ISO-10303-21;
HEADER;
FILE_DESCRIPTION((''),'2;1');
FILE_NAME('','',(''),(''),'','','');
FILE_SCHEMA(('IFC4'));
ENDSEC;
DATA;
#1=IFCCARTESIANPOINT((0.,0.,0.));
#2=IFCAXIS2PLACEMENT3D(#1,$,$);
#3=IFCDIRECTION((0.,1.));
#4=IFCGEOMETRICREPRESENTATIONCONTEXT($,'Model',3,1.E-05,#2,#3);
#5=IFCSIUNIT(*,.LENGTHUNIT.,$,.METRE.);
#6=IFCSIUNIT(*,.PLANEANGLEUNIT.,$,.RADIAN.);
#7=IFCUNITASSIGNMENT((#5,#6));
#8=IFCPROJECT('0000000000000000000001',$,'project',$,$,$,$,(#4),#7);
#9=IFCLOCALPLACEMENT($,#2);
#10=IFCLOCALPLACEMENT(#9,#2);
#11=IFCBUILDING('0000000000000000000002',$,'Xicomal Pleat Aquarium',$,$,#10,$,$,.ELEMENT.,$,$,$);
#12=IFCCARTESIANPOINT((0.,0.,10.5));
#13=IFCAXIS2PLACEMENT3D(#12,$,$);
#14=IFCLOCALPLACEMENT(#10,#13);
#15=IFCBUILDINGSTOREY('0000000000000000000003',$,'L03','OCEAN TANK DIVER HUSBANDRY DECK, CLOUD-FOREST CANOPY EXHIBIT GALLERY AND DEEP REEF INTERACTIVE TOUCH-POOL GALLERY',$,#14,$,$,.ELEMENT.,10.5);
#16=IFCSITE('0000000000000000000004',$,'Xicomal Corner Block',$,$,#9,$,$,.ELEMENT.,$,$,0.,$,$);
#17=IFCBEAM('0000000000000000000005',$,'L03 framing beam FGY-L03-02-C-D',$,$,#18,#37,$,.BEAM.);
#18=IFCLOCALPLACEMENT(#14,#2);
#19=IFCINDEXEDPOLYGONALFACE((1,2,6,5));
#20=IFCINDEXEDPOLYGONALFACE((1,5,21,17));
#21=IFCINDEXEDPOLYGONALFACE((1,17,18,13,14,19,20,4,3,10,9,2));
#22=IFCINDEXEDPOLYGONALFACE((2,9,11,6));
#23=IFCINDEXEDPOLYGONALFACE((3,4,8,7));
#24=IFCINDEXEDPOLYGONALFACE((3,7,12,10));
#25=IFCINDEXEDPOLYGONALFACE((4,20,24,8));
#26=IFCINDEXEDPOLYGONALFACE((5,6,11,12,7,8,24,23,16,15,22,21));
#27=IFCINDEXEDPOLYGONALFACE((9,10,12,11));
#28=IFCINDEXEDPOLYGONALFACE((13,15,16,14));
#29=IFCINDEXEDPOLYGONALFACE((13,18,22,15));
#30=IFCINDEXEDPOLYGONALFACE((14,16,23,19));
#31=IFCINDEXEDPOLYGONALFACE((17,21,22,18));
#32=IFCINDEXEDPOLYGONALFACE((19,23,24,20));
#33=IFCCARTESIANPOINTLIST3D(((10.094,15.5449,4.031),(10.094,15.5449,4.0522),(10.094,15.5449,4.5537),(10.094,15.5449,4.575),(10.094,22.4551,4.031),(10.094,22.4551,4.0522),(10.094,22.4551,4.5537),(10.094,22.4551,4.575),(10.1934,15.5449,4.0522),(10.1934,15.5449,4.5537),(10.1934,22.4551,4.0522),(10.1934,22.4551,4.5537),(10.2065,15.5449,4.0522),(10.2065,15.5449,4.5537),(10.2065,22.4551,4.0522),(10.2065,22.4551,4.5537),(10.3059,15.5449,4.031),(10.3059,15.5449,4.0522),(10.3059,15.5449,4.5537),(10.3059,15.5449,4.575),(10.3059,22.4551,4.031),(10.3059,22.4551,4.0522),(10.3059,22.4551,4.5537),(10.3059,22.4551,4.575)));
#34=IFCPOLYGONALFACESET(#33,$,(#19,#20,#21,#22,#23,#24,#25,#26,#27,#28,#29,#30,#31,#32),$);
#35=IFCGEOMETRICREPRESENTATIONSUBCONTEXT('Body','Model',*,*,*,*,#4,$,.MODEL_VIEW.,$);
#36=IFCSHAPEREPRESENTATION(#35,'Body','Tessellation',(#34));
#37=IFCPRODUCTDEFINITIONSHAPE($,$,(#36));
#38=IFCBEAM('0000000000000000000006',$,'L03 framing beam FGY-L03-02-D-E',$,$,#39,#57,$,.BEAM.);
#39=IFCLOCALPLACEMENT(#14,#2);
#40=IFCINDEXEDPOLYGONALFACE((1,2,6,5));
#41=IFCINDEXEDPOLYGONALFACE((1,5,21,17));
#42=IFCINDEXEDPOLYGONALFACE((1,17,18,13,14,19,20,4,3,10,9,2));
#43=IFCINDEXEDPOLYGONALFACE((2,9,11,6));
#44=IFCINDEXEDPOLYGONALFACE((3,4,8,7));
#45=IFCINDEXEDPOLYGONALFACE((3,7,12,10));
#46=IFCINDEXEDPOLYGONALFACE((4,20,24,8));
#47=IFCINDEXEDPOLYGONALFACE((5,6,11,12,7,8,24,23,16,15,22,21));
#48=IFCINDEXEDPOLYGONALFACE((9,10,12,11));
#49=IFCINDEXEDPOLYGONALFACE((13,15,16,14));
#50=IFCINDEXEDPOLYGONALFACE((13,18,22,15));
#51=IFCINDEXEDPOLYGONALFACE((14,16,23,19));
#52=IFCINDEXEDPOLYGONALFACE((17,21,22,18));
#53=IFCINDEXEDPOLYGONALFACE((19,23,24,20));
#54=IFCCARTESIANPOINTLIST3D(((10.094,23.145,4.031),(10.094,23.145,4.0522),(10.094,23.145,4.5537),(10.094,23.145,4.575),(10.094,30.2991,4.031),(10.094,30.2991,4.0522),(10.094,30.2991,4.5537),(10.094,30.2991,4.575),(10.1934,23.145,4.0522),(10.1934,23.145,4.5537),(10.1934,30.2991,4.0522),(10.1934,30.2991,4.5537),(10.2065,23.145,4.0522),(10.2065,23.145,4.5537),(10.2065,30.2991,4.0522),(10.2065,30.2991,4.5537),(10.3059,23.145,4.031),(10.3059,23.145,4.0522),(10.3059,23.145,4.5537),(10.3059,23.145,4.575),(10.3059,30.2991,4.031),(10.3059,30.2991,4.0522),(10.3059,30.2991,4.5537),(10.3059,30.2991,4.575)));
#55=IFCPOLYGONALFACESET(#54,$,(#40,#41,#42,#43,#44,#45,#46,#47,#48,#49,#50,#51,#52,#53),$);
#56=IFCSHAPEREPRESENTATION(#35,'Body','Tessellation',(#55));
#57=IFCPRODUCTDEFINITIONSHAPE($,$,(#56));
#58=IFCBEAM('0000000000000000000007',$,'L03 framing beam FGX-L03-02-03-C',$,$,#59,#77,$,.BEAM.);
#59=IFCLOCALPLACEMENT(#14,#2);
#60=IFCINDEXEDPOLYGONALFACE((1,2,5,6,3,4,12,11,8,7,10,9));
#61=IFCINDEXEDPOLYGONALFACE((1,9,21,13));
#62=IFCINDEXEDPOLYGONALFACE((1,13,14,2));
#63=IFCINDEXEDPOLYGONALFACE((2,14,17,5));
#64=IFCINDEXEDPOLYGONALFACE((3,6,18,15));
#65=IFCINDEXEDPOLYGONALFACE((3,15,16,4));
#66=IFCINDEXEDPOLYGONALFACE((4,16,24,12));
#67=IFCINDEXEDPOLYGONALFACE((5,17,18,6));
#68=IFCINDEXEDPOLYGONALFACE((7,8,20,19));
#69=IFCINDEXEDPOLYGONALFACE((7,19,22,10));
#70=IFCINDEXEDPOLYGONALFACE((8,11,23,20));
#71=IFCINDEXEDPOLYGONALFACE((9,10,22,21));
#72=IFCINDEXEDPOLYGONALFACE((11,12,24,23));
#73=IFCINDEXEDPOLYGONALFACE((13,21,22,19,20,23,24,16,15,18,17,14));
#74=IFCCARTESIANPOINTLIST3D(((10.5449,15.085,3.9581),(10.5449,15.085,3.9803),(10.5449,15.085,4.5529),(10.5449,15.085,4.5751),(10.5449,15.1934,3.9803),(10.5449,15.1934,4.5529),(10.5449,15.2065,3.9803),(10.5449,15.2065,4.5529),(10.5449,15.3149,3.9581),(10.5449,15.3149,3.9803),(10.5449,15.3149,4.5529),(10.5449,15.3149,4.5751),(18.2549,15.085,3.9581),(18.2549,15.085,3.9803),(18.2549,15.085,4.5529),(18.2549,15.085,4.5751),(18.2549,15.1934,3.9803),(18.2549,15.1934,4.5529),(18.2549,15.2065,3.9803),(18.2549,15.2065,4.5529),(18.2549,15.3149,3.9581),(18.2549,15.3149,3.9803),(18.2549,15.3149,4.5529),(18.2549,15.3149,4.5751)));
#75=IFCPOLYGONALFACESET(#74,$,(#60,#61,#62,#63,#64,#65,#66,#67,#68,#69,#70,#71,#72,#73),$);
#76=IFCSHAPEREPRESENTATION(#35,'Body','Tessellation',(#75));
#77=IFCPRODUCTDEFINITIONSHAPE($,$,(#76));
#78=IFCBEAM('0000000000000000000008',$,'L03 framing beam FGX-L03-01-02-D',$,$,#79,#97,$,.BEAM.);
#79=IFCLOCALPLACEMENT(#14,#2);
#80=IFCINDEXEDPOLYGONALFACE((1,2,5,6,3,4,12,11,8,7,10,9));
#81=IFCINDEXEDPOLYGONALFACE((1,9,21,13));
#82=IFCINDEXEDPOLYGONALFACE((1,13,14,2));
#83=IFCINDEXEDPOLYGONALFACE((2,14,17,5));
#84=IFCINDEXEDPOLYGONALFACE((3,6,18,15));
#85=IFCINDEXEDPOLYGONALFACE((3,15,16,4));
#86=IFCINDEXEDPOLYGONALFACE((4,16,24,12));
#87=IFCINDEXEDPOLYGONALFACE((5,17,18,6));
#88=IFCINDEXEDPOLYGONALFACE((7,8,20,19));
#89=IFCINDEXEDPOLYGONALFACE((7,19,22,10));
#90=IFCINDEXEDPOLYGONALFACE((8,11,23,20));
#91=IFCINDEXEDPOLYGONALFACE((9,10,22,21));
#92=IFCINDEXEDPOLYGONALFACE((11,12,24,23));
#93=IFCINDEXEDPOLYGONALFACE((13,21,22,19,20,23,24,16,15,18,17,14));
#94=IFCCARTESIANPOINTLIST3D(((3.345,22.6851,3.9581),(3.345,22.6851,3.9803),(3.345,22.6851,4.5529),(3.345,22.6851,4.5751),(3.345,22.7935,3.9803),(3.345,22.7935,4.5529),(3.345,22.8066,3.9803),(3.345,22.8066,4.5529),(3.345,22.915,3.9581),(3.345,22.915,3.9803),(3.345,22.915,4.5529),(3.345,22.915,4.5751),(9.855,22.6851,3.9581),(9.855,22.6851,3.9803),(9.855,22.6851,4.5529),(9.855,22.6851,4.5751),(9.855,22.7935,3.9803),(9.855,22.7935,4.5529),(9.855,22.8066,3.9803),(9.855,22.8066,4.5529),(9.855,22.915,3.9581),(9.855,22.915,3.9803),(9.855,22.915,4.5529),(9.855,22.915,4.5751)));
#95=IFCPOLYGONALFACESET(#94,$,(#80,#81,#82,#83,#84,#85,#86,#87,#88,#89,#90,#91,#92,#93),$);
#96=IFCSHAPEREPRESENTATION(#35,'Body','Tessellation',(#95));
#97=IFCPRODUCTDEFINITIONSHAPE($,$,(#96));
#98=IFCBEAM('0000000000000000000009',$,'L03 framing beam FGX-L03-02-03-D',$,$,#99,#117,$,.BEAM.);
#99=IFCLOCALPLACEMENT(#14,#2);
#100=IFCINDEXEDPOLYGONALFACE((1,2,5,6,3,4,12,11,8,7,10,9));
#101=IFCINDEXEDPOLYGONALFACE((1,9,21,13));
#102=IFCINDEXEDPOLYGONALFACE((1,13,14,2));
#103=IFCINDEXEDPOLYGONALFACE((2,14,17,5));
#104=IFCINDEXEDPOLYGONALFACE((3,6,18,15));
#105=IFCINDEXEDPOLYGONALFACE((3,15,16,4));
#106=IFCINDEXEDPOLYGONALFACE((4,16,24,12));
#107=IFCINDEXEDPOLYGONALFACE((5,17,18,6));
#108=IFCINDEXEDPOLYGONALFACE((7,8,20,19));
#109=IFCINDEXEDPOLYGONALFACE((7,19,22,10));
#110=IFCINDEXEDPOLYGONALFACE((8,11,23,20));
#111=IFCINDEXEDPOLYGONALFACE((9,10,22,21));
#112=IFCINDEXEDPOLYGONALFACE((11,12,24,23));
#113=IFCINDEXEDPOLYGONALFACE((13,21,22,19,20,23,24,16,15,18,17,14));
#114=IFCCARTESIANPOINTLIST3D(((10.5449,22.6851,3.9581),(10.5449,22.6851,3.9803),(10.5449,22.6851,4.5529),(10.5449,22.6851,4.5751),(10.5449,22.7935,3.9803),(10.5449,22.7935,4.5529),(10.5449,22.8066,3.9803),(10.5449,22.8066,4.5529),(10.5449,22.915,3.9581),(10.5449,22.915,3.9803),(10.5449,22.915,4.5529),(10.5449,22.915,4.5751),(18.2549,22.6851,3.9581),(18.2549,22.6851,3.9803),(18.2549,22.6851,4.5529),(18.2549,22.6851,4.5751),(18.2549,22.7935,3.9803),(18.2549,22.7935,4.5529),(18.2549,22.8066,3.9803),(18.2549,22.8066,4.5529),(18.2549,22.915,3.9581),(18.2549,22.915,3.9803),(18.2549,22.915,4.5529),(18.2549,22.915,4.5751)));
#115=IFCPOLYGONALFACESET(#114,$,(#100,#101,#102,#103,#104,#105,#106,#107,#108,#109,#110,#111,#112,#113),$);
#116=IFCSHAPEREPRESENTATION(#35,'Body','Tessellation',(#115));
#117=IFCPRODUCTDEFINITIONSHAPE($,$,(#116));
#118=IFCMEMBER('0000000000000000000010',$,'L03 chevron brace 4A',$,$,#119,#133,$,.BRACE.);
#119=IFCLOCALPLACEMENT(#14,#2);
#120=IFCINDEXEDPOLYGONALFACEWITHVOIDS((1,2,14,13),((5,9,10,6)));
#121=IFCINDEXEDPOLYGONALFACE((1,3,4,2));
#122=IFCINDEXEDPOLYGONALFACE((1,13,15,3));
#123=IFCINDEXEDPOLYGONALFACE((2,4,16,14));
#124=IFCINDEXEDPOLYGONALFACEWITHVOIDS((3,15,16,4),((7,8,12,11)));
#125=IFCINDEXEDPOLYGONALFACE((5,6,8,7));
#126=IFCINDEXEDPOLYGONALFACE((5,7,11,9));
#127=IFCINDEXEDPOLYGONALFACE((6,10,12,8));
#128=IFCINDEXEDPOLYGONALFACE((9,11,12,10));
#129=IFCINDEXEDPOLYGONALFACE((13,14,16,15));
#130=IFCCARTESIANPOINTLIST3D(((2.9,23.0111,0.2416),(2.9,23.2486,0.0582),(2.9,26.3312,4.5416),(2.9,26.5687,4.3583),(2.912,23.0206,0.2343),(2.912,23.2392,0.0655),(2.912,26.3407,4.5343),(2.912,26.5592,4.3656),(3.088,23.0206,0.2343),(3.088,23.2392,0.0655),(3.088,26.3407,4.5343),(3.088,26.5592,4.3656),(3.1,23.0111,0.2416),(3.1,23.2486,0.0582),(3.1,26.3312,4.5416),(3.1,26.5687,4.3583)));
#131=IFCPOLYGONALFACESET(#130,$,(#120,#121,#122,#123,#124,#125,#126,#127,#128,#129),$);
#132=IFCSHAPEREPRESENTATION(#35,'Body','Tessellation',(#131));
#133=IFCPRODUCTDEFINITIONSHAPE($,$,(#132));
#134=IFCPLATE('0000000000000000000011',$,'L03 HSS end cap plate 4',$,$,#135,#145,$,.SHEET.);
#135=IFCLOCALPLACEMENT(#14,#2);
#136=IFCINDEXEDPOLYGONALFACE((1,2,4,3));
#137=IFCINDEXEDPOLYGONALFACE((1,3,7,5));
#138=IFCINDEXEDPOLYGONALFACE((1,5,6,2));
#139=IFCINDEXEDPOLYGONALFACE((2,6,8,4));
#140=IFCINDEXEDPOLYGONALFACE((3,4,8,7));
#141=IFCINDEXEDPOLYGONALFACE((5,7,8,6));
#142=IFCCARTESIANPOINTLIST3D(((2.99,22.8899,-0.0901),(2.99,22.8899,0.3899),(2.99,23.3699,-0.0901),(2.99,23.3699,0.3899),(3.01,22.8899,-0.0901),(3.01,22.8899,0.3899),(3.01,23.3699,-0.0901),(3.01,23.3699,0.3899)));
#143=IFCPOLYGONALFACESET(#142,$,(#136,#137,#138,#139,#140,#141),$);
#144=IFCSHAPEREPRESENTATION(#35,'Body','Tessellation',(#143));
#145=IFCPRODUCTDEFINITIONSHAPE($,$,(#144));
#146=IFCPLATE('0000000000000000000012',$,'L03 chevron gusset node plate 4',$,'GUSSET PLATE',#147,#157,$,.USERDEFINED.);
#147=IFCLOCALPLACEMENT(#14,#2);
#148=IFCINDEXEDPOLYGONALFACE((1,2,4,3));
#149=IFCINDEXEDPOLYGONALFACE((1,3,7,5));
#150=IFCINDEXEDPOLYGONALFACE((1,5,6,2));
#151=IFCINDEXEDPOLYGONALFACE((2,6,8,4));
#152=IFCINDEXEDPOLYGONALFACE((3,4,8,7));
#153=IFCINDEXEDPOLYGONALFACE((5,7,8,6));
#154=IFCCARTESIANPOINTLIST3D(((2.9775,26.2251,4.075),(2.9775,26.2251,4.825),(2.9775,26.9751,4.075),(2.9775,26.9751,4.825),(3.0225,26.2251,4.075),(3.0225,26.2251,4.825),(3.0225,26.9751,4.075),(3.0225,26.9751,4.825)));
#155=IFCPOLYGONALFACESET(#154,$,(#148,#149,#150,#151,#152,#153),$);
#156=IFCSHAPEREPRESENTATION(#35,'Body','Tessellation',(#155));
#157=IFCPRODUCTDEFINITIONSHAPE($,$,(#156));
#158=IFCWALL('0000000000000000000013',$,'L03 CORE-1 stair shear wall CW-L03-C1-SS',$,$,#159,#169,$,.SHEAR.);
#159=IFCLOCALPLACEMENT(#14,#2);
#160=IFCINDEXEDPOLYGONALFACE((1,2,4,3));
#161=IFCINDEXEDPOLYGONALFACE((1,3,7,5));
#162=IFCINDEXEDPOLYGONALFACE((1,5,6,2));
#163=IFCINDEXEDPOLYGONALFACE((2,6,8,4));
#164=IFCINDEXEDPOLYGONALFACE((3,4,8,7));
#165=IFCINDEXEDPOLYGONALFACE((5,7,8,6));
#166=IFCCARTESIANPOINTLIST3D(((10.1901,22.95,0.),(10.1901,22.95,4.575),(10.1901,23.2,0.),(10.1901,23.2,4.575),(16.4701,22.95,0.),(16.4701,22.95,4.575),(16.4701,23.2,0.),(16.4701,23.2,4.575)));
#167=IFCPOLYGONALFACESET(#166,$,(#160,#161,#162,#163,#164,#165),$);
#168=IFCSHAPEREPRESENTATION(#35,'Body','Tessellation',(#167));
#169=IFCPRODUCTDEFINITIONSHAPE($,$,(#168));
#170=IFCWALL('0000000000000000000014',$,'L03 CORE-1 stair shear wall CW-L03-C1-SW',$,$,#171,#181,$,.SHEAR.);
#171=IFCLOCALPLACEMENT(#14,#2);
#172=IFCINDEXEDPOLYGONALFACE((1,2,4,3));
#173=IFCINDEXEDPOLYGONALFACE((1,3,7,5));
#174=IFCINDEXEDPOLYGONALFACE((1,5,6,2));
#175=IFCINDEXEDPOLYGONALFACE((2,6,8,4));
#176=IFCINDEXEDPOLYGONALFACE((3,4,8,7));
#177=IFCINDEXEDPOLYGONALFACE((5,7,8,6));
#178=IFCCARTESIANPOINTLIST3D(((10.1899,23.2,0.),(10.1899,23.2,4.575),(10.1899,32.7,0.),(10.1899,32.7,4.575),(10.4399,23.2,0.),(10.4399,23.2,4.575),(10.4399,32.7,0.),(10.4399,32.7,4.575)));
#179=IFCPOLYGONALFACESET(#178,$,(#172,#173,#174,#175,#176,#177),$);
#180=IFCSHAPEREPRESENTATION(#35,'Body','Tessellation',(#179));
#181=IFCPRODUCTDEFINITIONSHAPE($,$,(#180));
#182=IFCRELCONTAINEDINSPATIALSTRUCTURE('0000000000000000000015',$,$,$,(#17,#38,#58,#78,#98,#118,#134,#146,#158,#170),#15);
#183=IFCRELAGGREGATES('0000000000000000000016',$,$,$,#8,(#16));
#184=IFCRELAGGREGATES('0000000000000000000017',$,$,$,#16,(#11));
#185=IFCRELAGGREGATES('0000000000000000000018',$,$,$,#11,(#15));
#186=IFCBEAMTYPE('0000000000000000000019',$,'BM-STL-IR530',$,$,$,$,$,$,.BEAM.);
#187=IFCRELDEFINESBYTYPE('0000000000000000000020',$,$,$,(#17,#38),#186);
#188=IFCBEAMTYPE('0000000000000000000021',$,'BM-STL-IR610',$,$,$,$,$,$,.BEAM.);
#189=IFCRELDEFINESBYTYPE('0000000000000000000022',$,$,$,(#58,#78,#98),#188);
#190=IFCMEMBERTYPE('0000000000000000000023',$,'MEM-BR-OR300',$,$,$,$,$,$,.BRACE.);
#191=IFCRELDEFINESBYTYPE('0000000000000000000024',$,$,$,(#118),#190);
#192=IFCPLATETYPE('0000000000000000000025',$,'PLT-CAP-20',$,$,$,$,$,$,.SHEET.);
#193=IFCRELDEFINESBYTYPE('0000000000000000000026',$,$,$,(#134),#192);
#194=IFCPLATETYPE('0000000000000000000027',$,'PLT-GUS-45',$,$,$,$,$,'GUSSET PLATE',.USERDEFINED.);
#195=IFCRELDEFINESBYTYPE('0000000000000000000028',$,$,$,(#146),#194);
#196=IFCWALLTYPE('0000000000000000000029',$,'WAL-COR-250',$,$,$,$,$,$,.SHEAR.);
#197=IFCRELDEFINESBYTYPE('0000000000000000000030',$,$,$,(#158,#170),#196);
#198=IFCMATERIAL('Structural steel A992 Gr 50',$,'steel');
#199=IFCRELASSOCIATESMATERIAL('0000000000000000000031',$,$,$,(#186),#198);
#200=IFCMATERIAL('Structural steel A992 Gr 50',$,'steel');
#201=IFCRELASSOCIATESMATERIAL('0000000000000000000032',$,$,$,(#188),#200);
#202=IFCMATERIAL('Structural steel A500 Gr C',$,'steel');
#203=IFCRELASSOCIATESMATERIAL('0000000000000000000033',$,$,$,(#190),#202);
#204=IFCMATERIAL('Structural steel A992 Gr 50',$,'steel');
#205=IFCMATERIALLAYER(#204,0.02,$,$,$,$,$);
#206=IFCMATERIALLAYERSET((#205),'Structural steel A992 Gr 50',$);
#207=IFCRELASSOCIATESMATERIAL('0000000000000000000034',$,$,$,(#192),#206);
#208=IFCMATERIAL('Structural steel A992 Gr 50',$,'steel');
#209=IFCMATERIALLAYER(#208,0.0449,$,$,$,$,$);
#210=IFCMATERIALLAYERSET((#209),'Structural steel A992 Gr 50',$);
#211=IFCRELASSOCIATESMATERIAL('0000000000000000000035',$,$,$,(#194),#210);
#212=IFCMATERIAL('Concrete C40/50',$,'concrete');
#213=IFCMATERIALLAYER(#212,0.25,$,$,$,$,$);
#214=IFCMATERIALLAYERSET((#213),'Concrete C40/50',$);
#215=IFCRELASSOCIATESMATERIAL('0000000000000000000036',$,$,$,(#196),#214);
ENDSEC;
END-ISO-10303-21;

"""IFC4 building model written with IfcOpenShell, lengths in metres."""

from ifc_helpers import new_model, si_unit, direction, frame, frame_2d, origin, origin_2d, place, context, subcontext, project, spatial, rectangle, hollow_rectangle, i_section, extrude, material, layer, layer_set, material_profile, profile_set, type_object, element, save


model = new_model("IFC4")

# Units and contexts
model_context = context("Model", 3, precision=1e-05, world=origin(), true_north=direction((0.0, 1.0)))
body_context = subcontext(model_context, "Body", "Model", "MODEL_VIEW")
ifc_project = project(units=[si_unit("LENGTHUNIT", "METRE"), si_unit("PLANEANGLEUNIT", "RADIAN")], contexts=[model_context])

# Site, building, storey
site_placement = place(None, origin())
site = spatial("IfcSite", under=ifc_project, at=site_placement, Name="Xicomal Corner Block", CompositionType="ELEMENT", RefElevation=0.0)
building_placement = place(site_placement, origin())
building = spatial("IfcBuilding", under=site, at=building_placement, Name="Xicomal Pleat Aquarium", CompositionType="ELEMENT")
storey_placement = place(building_placement, frame((0.0, 0.0, 10.5)))
storey = spatial("IfcBuildingStorey", under=building, at=storey_placement, Name="L03", Description="OCEAN TANK DIVER HUSBANDRY DECK, CLOUD-FOREST CANOPY EXHIBIT GALLERY AND DEEP REEF INTERACTIVE TOUCH-POOL GALLERY", CompositionType="ELEMENT", Elevation=10.5)

# Beams
ifc_material_1 = material(Name="Structural steel A992 Gr 50", Category="steel")
ifc_material_profile_1 = material_profile(ifc_material_1, i_section(OverallWidth=0.2119, OverallDepth=0.5439, WebThickness=0.0132, FlangeThickness=0.0212, at=origin_2d()), Name="IR 530x123")
ifc_profile_set_1 = profile_set([ifc_material_profile_1], Name="Structural steel A992 Gr 50")
beam_type_1 = type_object("IfcBeamType", Name="BM-STL-IR530", PredefinedType="BEAM", material=ifc_profile_set_1)
beam_1_placement = place(storey_placement, frame((10.2, 15.5449, 4.303), z_axis=(0.0, 1.0, 0.0), x_axis=(-1.0, 0.0, 0.0)))
element("IfcBeam", 1, at=beam_1_placement, inside=storey, type_object=beam_type_1, Name="L03 framing beam FGY-L03-02-C-D", PredefinedType="BEAM", context=body_context, shape_type="SweptSolid", body=[
    extrude(i_section(OverallWidth=0.2119, OverallDepth=0.5439, WebThickness=0.0132, FlangeThickness=0.0212, at=origin_2d()), origin(), (0.0, 0.0, 1.0), 6.9102),
])
beam_2_placement = place(storey_placement, frame((10.2, 23.145, 4.303), z_axis=(0.0, 1.0, 0.0), x_axis=(-1.0, 0.0, 0.0)))
element("IfcBeam", 2, at=beam_2_placement, inside=storey, type_object=beam_type_1, Name="L03 framing beam FGY-L03-02-D-E", PredefinedType="BEAM", context=body_context, shape_type="SweptSolid", body=[
    extrude(i_section(OverallWidth=0.2119, OverallDepth=0.5439, WebThickness=0.0132, FlangeThickness=0.0212, at=origin_2d()), origin(), (0.0, 0.0, 1.0), 7.1541),
])
ifc_material_2 = material(Name="Structural steel A992 Gr 50", Category="steel")
ifc_material_profile_2 = material_profile(ifc_material_2, i_section(OverallWidth=0.23, OverallDepth=0.6169, WebThickness=0.0132, FlangeThickness=0.0222, at=origin_2d()), Name="IR 610x140")
ifc_profile_set_2 = profile_set([ifc_material_profile_2], Name="Structural steel A992 Gr 50")
beam_type_2 = type_object("IfcBeamType", Name="BM-STL-IR610", PredefinedType="BEAM", material=ifc_profile_set_2)
beam_3_placement = place(storey_placement, frame((10.5449, 15.2, 4.2666), z_axis=(1.0, 0.0, 0.0), x_axis=(0.0, 1.0, 0.0)))
element("IfcBeam", 3, at=beam_3_placement, inside=storey, type_object=beam_type_2, Name="L03 framing beam FGX-L03-02-03-C", PredefinedType="BEAM", context=body_context, shape_type="SweptSolid", body=[
    extrude(i_section(OverallWidth=0.23, OverallDepth=0.6169, WebThickness=0.0132, FlangeThickness=0.0222, at=origin_2d()), origin(), (0.0, 0.0, 1.0), 7.71),
])
beam_4_placement = place(storey_placement, frame((3.345, 22.8, 4.2666), z_axis=(1.0, 0.0, 0.0), x_axis=(0.0, 1.0, 0.0)))
element("IfcBeam", 4, at=beam_4_placement, inside=storey, type_object=beam_type_2, Name="L03 framing beam FGX-L03-01-02-D", PredefinedType="BEAM", context=body_context, shape_type="SweptSolid", body=[
    extrude(i_section(OverallWidth=0.23, OverallDepth=0.6169, WebThickness=0.0132, FlangeThickness=0.0222, at=origin_2d()), origin(), (0.0, 0.0, 1.0), 6.51),
])
beam_5_placement = place(storey_placement, frame((10.5449, 22.8, 4.2666), z_axis=(1.0, 0.0, 0.0), x_axis=(0.0, 1.0, 0.0)))
element("IfcBeam", 5, at=beam_5_placement, inside=storey, type_object=beam_type_2, Name="L03 framing beam FGX-L03-02-03-D", PredefinedType="BEAM", context=body_context, shape_type="SweptSolid", body=[
    extrude(i_section(OverallWidth=0.23, OverallDepth=0.6169, WebThickness=0.0132, FlangeThickness=0.0222, at=origin_2d()), origin(), (0.0, 0.0, 1.0), 7.71),
])

# Member
ifc_material_3 = material(Name="Structural steel A500 Gr C", Category="steel")
ifc_material_profile_3 = material_profile(ifc_material_3, hollow_rectangle(XDim=0.2, YDim=0.3, WallThickness=0.012, at=origin_2d()), Name="OR 300x200x12")
ifc_profile_set_3 = profile_set([ifc_material_profile_3], Name="Structural steel A500 Gr C")
member_type = type_object("IfcMemberType", Name="MEM-BR-OR300", PredefinedType="BRACE", material=ifc_profile_set_3)
member_placement = place(storey_placement, frame((3.0, 23.1299, 0.1499), z_axis=(0.0, 0.611137, 0.791525), x_axis=(-1.0, 0.0, 0.0)))
element("IfcMember", 6, at=member_placement, inside=storey, type_object=member_type, Name="L03 chevron brace 4A", PredefinedType="BRACE", context=body_context, shape_type="SweptSolid", body=[
    extrude(hollow_rectangle(XDim=0.2, YDim=0.3, WallThickness=0.012, at=origin_2d()), origin(), (0.0, 0.0, 1.0), 5.4326),
])

# Plates
ifc_material_4 = material(Name="Structural steel A992 Gr 50", Category="steel")
ifc_layer_1 = layer(ifc_material_4, 0.02)
ifc_layer_set_1 = layer_set([ifc_layer_1], Name="Structural steel A992 Gr 50")
plate_type_1 = type_object("IfcPlateType", Name="PLT-CAP-20", PredefinedType="SHEET", material=ifc_layer_set_1)
plate_1_placement = place(storey_placement, frame((3.0, 23.1299, -0.0901), z_axis=(0.0, 0.0, 1.0), x_axis=(0.0, 1.0, 0.0)))
element("IfcPlate", 7, at=plate_1_placement, inside=storey, type_object=plate_type_1, Name="L03 HSS end cap plate 4", PredefinedType="SHEET", context=body_context, shape_type="SweptSolid", body=[
    extrude(rectangle(XDim=0.48, YDim=0.02, at=origin_2d()), origin(), (0.0, 0.0, 1.0), 0.48),
])
ifc_material_5 = material(Name="Structural steel A992 Gr 50", Category="steel")
ifc_layer_2 = layer(ifc_material_5, 0.0449)
ifc_layer_set_2 = layer_set([ifc_layer_2], Name="Structural steel A992 Gr 50")
plate_type_2 = type_object("IfcPlateType", Name="PLT-GUS-45", ElementType="GUSSET PLATE", PredefinedType="USERDEFINED", material=ifc_layer_set_2)
plate_2_placement = place(storey_placement, frame((3.0, 26.6001, 4.075), z_axis=(0.0, 0.0, 1.0), x_axis=(0.0, 1.0, 0.0)))
element("IfcPlate", 8, at=plate_2_placement, inside=storey, type_object=plate_type_2, Name="L03 chevron gusset node plate 4", ObjectType="GUSSET PLATE", PredefinedType="USERDEFINED", context=body_context, shape_type="SweptSolid", body=[
    extrude(rectangle(XDim=0.75, YDim=0.0449, at=origin_2d()), origin(), (0.0, 0.0, 1.0), 0.75),
])

# Walls
ifc_material_6 = material(Name="Concrete C40/50", Category="concrete")
ifc_layer_3 = layer(ifc_material_6, 0.25)
ifc_layer_set_3 = layer_set([ifc_layer_3], Name="Concrete C40/50")
wall_type_1 = type_object("IfcWallType", Name="WAL-COR-250", PredefinedType="SHEAR", material=ifc_layer_set_3)
wall_1_placement = place(storey_placement, frame((10.1899, 23.075, 0.0), z_axis=(0.0, 0.0, 1.0), x_axis=(1.0, 0.0, 0.0)))
element("IfcWall", 9, at=wall_1_placement, inside=storey, type_object=wall_type_1, Name="L03 CORE-1 stair shear wall CW-L03-C1-SS", PredefinedType="SHEAR", context=body_context, shape_type="SweptSolid", body=[
    extrude(rectangle(XDim=6.28, YDim=0.25, at=frame_2d((3.1401, 0.0))), origin(), (0.0, 0.0, 1.0), 4.575),
])
for number, where, z_axis, x_axis, name in (
    (10, (10.3149, 23.2, 0.0), (0.0, 0.0, 1.0), (0.0, 1.0, 0.0), "L03 CORE-1 stair shear wall CW-L03-C1-SW"),
):
    element("IfcWall", number, at=place(storey_placement, frame(where, z_axis=z_axis, x_axis=x_axis)), inside=storey, type_object=wall_type_1, Name=name, PredefinedType="SHEAR", context=body_context, shape_type="SweptSolid", body=[
        extrude(rectangle(XDim=9.5, YDim=0.25, at=frame_2d((4.75, 0.0))), origin(), (0.0, 0.0, 1.0), 4.575),
    ])

save(model, "model.ifc")
